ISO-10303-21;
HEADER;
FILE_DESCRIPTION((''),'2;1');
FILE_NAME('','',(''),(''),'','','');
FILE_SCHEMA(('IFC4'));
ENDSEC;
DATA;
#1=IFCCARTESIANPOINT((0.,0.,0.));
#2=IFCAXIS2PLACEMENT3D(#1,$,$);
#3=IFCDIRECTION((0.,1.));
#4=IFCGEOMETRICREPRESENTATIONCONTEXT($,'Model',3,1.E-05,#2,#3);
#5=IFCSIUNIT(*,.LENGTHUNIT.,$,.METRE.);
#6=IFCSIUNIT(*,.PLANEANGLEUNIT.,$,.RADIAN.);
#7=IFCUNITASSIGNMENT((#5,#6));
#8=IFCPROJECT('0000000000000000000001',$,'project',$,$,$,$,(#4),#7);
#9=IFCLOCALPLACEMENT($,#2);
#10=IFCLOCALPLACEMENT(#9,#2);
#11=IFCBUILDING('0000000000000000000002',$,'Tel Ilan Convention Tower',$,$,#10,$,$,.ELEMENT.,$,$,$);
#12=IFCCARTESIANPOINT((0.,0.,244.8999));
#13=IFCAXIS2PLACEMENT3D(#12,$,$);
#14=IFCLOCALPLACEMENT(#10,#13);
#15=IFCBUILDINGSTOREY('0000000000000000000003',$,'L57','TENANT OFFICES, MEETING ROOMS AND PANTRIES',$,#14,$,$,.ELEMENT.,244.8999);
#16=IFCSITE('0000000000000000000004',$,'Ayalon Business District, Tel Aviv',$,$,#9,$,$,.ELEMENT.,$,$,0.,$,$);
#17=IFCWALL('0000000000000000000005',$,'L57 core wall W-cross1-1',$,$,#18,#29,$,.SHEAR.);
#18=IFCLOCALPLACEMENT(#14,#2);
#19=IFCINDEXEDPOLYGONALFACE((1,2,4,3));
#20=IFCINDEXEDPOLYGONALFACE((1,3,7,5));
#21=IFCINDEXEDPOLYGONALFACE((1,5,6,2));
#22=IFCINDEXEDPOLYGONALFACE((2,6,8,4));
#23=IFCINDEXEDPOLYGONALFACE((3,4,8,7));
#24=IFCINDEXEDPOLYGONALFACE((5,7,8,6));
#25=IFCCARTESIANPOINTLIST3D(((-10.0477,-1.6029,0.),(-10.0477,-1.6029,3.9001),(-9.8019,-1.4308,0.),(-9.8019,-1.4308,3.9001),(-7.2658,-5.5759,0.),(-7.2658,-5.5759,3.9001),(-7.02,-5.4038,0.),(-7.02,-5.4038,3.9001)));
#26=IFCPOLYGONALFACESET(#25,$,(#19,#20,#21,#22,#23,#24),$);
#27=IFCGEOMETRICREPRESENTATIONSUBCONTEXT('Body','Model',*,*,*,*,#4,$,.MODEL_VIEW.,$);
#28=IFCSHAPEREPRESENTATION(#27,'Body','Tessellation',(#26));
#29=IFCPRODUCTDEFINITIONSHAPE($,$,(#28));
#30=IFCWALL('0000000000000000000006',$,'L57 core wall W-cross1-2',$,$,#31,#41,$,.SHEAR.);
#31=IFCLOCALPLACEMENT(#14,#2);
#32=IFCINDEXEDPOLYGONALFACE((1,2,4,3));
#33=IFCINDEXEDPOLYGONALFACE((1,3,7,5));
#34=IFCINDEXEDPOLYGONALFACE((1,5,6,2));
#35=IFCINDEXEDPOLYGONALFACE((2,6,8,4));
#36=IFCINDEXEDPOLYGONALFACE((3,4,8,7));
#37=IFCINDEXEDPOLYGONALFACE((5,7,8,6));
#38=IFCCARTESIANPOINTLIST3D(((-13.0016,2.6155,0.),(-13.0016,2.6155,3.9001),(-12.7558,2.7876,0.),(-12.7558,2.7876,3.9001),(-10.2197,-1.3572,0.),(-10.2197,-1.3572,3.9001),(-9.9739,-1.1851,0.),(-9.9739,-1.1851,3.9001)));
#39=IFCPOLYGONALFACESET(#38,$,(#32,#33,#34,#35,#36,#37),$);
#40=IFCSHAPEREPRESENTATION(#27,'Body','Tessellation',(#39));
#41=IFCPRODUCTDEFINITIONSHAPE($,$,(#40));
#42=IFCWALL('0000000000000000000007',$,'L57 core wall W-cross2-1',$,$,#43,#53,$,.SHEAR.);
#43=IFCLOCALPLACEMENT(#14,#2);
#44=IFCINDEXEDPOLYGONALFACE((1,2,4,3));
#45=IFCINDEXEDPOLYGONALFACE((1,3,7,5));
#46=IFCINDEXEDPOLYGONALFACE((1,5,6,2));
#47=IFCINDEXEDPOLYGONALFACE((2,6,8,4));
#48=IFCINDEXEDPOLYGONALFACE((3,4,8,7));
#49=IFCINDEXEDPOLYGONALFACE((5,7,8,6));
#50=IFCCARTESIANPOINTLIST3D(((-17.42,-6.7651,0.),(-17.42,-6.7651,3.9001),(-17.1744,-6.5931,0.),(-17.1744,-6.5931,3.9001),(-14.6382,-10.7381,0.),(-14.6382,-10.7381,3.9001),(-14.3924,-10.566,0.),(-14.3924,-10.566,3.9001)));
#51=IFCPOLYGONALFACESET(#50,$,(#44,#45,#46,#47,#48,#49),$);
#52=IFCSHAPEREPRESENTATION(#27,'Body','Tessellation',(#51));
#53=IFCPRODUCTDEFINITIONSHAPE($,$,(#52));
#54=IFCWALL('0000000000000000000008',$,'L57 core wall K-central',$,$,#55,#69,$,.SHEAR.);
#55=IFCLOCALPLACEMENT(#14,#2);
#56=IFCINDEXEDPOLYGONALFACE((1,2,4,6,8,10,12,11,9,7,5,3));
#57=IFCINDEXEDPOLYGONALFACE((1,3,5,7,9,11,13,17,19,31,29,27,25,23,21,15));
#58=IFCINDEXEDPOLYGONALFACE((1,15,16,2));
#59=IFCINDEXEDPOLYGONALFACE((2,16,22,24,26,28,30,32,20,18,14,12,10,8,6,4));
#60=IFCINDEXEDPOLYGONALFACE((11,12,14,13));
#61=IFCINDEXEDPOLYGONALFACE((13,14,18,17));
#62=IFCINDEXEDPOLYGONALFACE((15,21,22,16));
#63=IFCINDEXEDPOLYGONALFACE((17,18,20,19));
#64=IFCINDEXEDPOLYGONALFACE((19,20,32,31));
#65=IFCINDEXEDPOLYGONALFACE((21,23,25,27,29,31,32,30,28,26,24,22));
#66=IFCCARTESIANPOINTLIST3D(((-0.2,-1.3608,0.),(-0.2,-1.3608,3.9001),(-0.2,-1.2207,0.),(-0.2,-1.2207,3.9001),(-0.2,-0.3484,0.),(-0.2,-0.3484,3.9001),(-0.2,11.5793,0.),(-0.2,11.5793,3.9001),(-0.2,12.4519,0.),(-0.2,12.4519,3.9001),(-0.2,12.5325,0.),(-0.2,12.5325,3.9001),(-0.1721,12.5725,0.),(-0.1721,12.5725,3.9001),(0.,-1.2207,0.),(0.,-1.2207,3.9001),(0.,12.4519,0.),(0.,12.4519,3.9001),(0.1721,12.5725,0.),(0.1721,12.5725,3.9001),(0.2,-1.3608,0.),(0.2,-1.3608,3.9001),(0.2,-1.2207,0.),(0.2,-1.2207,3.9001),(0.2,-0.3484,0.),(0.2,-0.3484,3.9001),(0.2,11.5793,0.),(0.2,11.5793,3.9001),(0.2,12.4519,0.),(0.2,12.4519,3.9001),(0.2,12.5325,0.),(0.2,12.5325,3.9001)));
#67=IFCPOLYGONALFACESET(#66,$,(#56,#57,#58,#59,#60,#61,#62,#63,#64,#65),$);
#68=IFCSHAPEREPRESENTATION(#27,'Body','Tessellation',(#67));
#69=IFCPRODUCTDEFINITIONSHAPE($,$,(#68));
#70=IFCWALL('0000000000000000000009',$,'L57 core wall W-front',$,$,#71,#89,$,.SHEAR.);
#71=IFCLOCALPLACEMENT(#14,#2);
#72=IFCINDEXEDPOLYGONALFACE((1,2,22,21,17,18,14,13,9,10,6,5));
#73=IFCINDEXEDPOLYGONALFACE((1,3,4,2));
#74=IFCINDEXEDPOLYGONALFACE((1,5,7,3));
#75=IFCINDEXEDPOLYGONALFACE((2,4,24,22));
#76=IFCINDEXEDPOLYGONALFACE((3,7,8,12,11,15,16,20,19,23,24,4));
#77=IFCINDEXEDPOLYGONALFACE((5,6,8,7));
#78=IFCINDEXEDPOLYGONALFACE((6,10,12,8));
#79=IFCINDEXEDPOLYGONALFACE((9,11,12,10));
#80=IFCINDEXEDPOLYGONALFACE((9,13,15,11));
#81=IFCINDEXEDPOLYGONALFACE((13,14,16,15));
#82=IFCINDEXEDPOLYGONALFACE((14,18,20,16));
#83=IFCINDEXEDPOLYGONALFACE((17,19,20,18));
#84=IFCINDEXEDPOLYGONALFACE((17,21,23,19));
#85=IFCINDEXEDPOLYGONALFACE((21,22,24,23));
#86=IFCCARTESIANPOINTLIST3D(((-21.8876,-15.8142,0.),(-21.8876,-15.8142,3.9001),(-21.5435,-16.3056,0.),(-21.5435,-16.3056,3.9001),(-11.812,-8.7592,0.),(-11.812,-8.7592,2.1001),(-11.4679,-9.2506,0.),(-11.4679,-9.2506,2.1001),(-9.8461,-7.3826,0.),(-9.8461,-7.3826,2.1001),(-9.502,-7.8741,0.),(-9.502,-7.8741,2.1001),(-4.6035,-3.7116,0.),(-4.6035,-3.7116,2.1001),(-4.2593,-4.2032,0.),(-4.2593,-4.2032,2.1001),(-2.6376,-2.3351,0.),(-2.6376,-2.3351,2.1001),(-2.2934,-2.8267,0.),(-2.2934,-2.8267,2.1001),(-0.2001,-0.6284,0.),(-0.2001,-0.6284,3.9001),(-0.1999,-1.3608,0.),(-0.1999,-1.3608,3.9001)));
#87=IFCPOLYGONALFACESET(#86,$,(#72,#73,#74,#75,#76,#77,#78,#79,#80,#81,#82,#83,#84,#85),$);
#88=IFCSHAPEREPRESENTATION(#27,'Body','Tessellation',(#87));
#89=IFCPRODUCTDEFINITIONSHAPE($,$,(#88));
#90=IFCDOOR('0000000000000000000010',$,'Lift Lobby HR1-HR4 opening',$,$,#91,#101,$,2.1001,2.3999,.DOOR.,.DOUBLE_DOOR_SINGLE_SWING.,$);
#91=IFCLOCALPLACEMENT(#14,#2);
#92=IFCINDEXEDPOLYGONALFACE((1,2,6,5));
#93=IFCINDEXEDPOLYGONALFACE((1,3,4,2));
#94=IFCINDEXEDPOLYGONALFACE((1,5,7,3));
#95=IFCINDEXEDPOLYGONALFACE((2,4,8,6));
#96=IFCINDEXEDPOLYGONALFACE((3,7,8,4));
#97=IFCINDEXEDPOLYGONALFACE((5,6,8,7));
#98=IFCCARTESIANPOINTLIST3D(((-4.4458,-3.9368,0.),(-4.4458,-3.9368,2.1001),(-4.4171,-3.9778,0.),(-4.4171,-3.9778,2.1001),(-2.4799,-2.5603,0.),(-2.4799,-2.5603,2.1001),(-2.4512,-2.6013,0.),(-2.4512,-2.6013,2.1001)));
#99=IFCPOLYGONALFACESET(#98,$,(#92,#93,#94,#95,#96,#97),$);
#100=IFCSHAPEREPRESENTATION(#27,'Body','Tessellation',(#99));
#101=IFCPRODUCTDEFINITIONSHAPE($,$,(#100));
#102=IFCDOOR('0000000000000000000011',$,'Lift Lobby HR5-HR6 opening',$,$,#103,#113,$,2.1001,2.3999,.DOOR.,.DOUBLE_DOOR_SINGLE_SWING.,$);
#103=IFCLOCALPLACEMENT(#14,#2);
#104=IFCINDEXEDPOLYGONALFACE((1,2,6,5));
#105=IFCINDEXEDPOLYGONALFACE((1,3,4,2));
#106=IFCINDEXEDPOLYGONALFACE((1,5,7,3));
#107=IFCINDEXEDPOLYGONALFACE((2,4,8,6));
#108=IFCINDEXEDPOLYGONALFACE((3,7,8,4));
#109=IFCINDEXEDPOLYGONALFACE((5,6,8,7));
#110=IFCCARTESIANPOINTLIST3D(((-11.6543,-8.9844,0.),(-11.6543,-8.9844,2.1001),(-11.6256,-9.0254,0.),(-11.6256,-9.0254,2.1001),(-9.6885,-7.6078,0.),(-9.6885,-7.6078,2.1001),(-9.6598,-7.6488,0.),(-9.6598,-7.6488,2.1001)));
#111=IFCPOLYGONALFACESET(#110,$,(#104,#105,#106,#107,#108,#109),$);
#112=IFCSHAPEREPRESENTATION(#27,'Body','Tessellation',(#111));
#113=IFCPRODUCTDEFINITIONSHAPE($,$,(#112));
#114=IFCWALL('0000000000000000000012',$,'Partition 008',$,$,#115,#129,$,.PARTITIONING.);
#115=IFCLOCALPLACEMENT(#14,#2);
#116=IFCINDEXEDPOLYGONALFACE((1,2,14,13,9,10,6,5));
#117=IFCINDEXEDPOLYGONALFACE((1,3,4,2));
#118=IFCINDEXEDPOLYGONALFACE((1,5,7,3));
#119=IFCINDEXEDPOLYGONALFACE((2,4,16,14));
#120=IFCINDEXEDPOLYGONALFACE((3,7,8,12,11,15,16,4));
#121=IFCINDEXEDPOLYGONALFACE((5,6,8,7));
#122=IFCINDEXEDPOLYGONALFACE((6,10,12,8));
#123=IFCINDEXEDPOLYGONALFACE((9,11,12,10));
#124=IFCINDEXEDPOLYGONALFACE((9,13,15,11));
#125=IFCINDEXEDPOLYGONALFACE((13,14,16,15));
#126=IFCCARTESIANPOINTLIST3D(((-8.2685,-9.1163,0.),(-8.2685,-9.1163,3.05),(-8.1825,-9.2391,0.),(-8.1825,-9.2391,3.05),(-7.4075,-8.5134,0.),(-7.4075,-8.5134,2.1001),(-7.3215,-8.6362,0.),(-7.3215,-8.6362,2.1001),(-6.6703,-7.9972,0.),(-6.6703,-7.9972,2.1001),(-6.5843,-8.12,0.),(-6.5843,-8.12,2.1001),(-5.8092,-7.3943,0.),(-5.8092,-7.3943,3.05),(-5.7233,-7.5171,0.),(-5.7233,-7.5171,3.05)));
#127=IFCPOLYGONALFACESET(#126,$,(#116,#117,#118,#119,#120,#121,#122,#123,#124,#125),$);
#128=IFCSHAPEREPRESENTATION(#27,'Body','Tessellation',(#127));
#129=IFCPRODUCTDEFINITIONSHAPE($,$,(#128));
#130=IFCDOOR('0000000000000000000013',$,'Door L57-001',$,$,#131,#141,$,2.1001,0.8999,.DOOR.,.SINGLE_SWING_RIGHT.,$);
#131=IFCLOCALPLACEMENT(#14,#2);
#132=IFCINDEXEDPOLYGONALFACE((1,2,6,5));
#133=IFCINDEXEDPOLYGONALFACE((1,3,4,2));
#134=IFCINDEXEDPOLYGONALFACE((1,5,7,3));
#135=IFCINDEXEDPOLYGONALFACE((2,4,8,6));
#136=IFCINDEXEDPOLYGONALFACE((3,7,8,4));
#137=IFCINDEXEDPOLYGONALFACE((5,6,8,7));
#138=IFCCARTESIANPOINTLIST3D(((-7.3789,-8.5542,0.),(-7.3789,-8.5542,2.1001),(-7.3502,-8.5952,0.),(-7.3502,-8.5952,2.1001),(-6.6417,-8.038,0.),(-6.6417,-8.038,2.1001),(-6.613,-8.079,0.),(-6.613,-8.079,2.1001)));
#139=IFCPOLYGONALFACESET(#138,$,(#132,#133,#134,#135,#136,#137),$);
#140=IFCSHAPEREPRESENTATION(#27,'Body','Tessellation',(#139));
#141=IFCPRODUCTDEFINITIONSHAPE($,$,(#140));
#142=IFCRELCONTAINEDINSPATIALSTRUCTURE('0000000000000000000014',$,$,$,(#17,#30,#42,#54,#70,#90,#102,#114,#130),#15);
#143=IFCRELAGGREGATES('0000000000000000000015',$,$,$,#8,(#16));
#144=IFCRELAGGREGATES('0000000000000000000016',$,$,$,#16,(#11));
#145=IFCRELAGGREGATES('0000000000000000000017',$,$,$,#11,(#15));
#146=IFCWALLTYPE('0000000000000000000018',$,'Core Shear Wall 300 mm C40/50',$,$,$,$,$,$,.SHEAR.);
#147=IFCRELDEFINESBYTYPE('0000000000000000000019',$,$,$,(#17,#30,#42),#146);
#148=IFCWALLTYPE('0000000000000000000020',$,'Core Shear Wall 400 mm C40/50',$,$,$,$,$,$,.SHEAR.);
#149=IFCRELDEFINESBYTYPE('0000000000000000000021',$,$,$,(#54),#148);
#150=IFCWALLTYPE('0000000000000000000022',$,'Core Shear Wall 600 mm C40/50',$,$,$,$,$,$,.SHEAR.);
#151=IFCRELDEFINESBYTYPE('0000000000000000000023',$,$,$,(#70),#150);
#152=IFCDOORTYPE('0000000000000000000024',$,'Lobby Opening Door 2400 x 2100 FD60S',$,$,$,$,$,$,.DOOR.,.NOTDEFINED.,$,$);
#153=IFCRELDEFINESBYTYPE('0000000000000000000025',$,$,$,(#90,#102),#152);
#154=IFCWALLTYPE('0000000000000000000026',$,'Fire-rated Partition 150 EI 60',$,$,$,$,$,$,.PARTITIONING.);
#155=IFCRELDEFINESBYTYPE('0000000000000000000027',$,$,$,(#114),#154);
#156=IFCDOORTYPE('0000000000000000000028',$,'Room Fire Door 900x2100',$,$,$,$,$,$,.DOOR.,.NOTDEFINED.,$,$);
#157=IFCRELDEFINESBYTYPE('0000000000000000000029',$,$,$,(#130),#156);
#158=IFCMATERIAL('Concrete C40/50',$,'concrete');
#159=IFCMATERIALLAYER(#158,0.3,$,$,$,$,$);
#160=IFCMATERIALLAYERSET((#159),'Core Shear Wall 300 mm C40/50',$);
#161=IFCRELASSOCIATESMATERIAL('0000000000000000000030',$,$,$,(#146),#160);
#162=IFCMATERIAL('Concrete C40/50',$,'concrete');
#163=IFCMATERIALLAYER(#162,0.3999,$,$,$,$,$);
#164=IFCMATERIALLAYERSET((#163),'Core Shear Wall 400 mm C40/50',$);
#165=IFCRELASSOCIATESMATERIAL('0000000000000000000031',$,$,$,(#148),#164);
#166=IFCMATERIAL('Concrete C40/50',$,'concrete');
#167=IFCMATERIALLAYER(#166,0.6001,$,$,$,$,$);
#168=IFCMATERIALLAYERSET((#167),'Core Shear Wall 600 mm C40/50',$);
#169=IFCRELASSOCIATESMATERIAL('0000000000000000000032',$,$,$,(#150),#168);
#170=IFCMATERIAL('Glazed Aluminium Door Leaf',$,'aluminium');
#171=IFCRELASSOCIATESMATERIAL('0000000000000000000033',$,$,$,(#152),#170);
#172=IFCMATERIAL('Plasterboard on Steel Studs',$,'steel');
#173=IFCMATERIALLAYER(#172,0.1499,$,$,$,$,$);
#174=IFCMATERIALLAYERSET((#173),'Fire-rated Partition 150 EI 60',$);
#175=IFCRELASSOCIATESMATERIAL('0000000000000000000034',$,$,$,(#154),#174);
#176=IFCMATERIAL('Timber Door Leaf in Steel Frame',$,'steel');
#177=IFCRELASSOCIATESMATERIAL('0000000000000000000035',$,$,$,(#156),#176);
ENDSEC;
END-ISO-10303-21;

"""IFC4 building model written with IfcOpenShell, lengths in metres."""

from ifc_helpers import new_model, si_unit, direction, frame, frame_2d, origin, place, context, subcontext, project, spatial, polyline, rectangle, outline, extrude, material, layer, layer_set, type_object, element, fill, save


model = new_model("IFC4")

# Units and contexts
model_context = context("Model", 3, precision=1e-05, world=origin(), true_north=direction((0.0, 1.0)))
body_context = subcontext(model_context, "Body", "Model", "MODEL_VIEW")
ifc_project = project(units=[si_unit("LENGTHUNIT", "METRE"), si_unit("PLANEANGLEUNIT", "RADIAN")], contexts=[model_context])

# Site, building, storey
site_placement = place(None, origin())
site = spatial("IfcSite", under=ifc_project, at=site_placement, Name="Ayalon Business District, Tel Aviv", CompositionType="ELEMENT", RefElevation=0.0)
building_placement = place(site_placement, origin())
building = spatial("IfcBuilding", under=site, at=building_placement, Name="Tel Ilan Convention Tower", CompositionType="ELEMENT")
storey_placement = place(building_placement, frame((0.0, 0.0, 244.8999)))
storey = spatial("IfcBuildingStorey", under=building, at=storey_placement, Name="L57", Description="TENANT OFFICES, MEETING ROOMS AND PANTRIES", CompositionType="ELEMENT", Elevation=244.8999)

# Walls
ifc_material_1 = material(Name="Concrete C40/50", Category="concrete")
ifc_layer_1 = layer(ifc_material_1, 0.3)
ifc_layer_set_1 = layer_set([ifc_layer_1], Name="Core Shear Wall 300 mm C40/50")
wall_type_1 = type_object("IfcWallType", Name="Core Shear Wall 300 mm C40/50", PredefinedType="SHEAR", material=ifc_layer_set_1)
wall_1_placement = place(storey_placement, frame((-7.1428, -5.4897, 0.0), z_axis=(0.0, 0.0, 1.0), x_axis=(-0.573618, 0.819123, 0.0)))
element("IfcWall", 1, at=wall_1_placement, inside=storey, type_object=wall_type_1, Name="L57 core wall W-cross1-1", PredefinedType="SHEAR", context=body_context, shape_type="SweptSolid", body=[
    extrude(outline(polyline([(4.8501, 0.1499), (0.0, 0.1501), (0.0, -0.1499), (4.8501, -0.1501), (4.8501, 0.1499)])), origin(), (0.0, 0.0, 1.0), 3.9001),
])
wall_2_placement = place(storey_placement, frame((-10.0969, -1.2712, 0.0), z_axis=(0.0, 0.0, 1.0), x_axis=(-0.57356, 0.819163, 0.0)))
element("IfcWall", 2, at=wall_2_placement, inside=storey, type_object=wall_type_1, Name="L57 core wall W-cross1-2", PredefinedType="SHEAR", context=body_context, shape_type="SweptSolid", body=[
    extrude(outline(polyline([(4.8499, -0.1499), (4.8499, 0.1501), (0.0, 0.1499), (0.0, -0.1501), (4.8499, -0.1499)])), origin(), (0.0, 0.0, 1.0), 3.9001),
])
wall_3_placement = place(storey_placement, frame((-14.5154, -10.6521, 0.0), z_axis=(0.0, 0.0, 1.0), x_axis=(-0.57356, 0.819163, 0.0)))
element("IfcWall", 3, at=wall_3_placement, inside=storey, type_object=wall_type_1, Name="L57 core wall W-cross2-1", PredefinedType="SHEAR", context=body_context, shape_type="SweptSolid", body=[
    extrude(outline(polyline([(4.8501, 0.1499), (0.0, 0.1499), (0.0, -0.1501), (4.8501, -0.1499), (4.8501, 0.1499)])), origin(), (0.0, 0.0, 1.0), 3.9001),
])
ifc_material_2 = material(Name="Concrete C40/50", Category="concrete")
ifc_layer_2 = layer(ifc_material_2, 0.3999)
ifc_layer_set_2 = layer_set([ifc_layer_2], Name="Core Shear Wall 400 mm C40/50")
wall_type_2 = type_object("IfcWallType", Name="Core Shear Wall 400 mm C40/50", PredefinedType="SHEAR", material=ifc_layer_set_2)
wall_4_placement = place(storey_placement, frame((0.0, -1.3608, 0.0), z_axis=(0.0, 0.0, 1.0), x_axis=(0.0, 1.0, 0.0)))
element("IfcWall", 4, at=wall_4_placement, inside=storey, type_object=wall_type_2, Name="L57 core wall K-central", PredefinedType="SHEAR", context=body_context, shape_type="SweptSolid", body=[
    extrude(outline(polyline([(0.1401, 0.2), (0.0, 0.2), (0.1401, 0.0), (0.0, -0.2), (0.1401, -0.2), (1.0125, -0.2), (12.9402, -0.2), (13.8127, -0.2), (13.8933, -0.2), (13.9333, -0.1721), (13.8127, 0.0), (13.9333, 0.1721), (13.8933, 0.2), (13.8127, 0.2), (12.9402, 0.2), (1.0125, 0.2), (0.1401, 0.2)])), origin(), (0.0, 0.0, 1.0), 3.9001),
])

# Wall, openings, doors
ifc_material_3 = material(Name="Concrete C40/50", Category="concrete")
ifc_layer_3 = layer(ifc_material_3, 0.6001)
ifc_layer_set_3 = layer_set([ifc_layer_3], Name="Core Shear Wall 600 mm C40/50")
wall_type_3 = type_object("IfcWallType", Name="Core Shear Wall 600 mm C40/50", PredefinedType="SHEAR", material=ifc_layer_set_3)
wall_5_placement = place(storey_placement, frame((-0.0278, -0.874, 0.0), z_axis=(0.0, 0.0, 1.0), x_axis=(-0.81915, -0.573579, 0.0)))
wall_5 = element("IfcWall", 5, at=wall_5_placement, inside=storey, type_object=wall_type_3, Name="L57 core wall W-front", PredefinedType="SHEAR", context=body_context, shape_type="SweptSolid", body=[
    extrude(outline(polyline([(26.4758, 0.2998), (0.4202, 0.3), (0.0002, -0.3), (26.4758, -0.3), (26.4758, 0.2998)])), origin(), (0.0, 0.0, 1.0), 3.9001),
])
opening_1_placement = place(wall_5_placement, frame((2.9758, 0.0, 0.0)))
opening_1 = element("IfcOpeningElement", 6, at=opening_1_placement, cuts=wall_5, PredefinedType="OPENING", context=body_context, shape_type="SweptSolid", body=[
    extrude(rectangle(XDim=2.3999, YDim=2.1001, at=frame_2d((1.2, 1.05))), frame((0.0, 0.3101, 0.0), z_axis=(0.0, -1.0, 0.0), x_axis=(1.0, 0.0, 0.0)), (0.0, 0.0, 1.0), 0.6201),
])
opening_2_placement = place(wall_5_placement, frame((11.7759, 0.0, 0.0)))
opening_2 = element("IfcOpeningElement", 7, at=opening_2_placement, cuts=wall_5, PredefinedType="OPENING", context=body_context, shape_type="SweptSolid", body=[
    extrude(rectangle(XDim=2.3999, YDim=2.1001, at=frame_2d((1.2, 1.05))), frame((0.0, 0.3101, 0.0), z_axis=(0.0, -1.0, 0.0), x_axis=(1.0, 0.0, 0.0)), (0.0, 0.0, 1.0), 0.6201),
])
ifc_material_4 = material(Name="Glazed Aluminium Door Leaf", Category="aluminium")
door_type_1 = type_object("IfcDoorType", Name="Lobby Opening Door 2400 x 2100 FD60S", OperationType="NOTDEFINED", PredefinedType="DOOR", material=ifc_material_4)
door_1_placement = place(opening_1_placement, origin())
door_1 = element("IfcDoor", 8, at=door_1_placement, inside=storey, type_object=door_type_1, Name="Lift Lobby HR1-HR4 opening", OperationType="DOUBLE_DOOR_SINGLE_SWING", OverallHeight=2.1001, OverallWidth=2.3999, PredefinedType="DOOR", context=body_context, shape_type="SweptSolid", body=[
    extrude(rectangle(XDim=2.3999, YDim=2.1001, at=frame_2d((1.2, 1.05))), frame((0.0, 0.0249, 0.0), z_axis=(0.0, -1.0, 0.0), x_axis=(1.0, 0.0, 0.0)), (0.0, 0.0, 1.0), 0.05),
])
fill(opening_1, door_1)
door_2_placement = place(opening_2_placement, origin())
door_2 = element("IfcDoor", 9, at=door_2_placement, inside=storey, type_object=door_type_1, Name="Lift Lobby HR5-HR6 opening", OperationType="DOUBLE_DOOR_SINGLE_SWING", OverallHeight=2.1001, OverallWidth=2.3999, PredefinedType="DOOR", context=body_context, shape_type="SweptSolid", body=[
    extrude(rectangle(XDim=2.3999, YDim=2.1001, at=frame_2d((1.2, 1.05))), frame((0.0, 0.0249, 0.0), z_axis=(0.0, -1.0, 0.0), x_axis=(1.0, 0.0, 0.0)), (0.0, 0.0, 1.0), 0.05),
])
fill(opening_2, door_2)

# Wall, opening, door
ifc_material_5 = material(Name="Plasterboard on Steel Studs", Category="steel")
ifc_layer_4 = layer(ifc_material_5, 0.1499)
ifc_layer_set_4 = layer_set([ifc_layer_4], Name="Fire-rated Partition 150 EI 60")
wall_type_4 = type_object("IfcWallType", Name="Fire-rated Partition 150 EI 60", PredefinedType="PARTITIONING", material=ifc_layer_set_4)
wall_6_placement = place(storey_placement, frame((-5.7664, -7.4558, 0.0), z_axis=(0.0, 0.0, 1.0), x_axis=(-0.819159, -0.573566, 0.0)))
wall_6 = element("IfcWall", 10, at=wall_6_placement, inside=storey, type_object=wall_type_4, Name="Partition 008", PredefinedType="PARTITIONING", context=body_context, shape_type="SweptSolid", body=[
    extrude(rectangle(XDim=3.0022, YDim=0.1499, at=frame_2d((1.501, 0.0))), origin(), (0.0, 0.0, 1.0), 3.05),
])
opening_3_placement = place(wall_6_placement, frame((1.051, 0.0, 0.0)))
opening_3 = element("IfcOpeningElement", 11, at=opening_3_placement, cuts=wall_6, PredefinedType="OPENING", context=body_context, shape_type="SweptSolid", body=[
    extrude(rectangle(XDim=0.8999, YDim=2.1001, at=frame_2d((0.45, 1.05))), frame((0.0, 0.085, 0.0), z_axis=(0.0, -1.0, 0.0), x_axis=(1.0, 0.0, 0.0)), (0.0, 0.0, 1.0), 0.1699),
])
ifc_material_6 = material(Name="Timber Door Leaf in Steel Frame", Category="steel")
door_type_2 = type_object("IfcDoorType", Name="Room Fire Door 900x2100", OperationType="NOTDEFINED", PredefinedType="DOOR", material=ifc_material_6)
door_3_placement = place(opening_3_placement, origin())
door_3 = element("IfcDoor", 12, at=door_3_placement, inside=storey, type_object=door_type_2, Name="Door L57-001", OperationType="SINGLE_SWING_RIGHT", OverallHeight=2.1001, OverallWidth=0.8999, PredefinedType="DOOR", context=body_context, shape_type="SweptSolid", body=[
    extrude(rectangle(XDim=0.8999, YDim=2.1001, at=frame_2d((0.45, 1.05))), frame((0.0, 0.0249, 0.0), z_axis=(0.0, -1.0, 0.0), x_axis=(1.0, 0.0, 0.0)), (0.0, 0.0, 1.0), 0.05),
])
fill(opening_3, door_3)

save(model, "model.ifc")
